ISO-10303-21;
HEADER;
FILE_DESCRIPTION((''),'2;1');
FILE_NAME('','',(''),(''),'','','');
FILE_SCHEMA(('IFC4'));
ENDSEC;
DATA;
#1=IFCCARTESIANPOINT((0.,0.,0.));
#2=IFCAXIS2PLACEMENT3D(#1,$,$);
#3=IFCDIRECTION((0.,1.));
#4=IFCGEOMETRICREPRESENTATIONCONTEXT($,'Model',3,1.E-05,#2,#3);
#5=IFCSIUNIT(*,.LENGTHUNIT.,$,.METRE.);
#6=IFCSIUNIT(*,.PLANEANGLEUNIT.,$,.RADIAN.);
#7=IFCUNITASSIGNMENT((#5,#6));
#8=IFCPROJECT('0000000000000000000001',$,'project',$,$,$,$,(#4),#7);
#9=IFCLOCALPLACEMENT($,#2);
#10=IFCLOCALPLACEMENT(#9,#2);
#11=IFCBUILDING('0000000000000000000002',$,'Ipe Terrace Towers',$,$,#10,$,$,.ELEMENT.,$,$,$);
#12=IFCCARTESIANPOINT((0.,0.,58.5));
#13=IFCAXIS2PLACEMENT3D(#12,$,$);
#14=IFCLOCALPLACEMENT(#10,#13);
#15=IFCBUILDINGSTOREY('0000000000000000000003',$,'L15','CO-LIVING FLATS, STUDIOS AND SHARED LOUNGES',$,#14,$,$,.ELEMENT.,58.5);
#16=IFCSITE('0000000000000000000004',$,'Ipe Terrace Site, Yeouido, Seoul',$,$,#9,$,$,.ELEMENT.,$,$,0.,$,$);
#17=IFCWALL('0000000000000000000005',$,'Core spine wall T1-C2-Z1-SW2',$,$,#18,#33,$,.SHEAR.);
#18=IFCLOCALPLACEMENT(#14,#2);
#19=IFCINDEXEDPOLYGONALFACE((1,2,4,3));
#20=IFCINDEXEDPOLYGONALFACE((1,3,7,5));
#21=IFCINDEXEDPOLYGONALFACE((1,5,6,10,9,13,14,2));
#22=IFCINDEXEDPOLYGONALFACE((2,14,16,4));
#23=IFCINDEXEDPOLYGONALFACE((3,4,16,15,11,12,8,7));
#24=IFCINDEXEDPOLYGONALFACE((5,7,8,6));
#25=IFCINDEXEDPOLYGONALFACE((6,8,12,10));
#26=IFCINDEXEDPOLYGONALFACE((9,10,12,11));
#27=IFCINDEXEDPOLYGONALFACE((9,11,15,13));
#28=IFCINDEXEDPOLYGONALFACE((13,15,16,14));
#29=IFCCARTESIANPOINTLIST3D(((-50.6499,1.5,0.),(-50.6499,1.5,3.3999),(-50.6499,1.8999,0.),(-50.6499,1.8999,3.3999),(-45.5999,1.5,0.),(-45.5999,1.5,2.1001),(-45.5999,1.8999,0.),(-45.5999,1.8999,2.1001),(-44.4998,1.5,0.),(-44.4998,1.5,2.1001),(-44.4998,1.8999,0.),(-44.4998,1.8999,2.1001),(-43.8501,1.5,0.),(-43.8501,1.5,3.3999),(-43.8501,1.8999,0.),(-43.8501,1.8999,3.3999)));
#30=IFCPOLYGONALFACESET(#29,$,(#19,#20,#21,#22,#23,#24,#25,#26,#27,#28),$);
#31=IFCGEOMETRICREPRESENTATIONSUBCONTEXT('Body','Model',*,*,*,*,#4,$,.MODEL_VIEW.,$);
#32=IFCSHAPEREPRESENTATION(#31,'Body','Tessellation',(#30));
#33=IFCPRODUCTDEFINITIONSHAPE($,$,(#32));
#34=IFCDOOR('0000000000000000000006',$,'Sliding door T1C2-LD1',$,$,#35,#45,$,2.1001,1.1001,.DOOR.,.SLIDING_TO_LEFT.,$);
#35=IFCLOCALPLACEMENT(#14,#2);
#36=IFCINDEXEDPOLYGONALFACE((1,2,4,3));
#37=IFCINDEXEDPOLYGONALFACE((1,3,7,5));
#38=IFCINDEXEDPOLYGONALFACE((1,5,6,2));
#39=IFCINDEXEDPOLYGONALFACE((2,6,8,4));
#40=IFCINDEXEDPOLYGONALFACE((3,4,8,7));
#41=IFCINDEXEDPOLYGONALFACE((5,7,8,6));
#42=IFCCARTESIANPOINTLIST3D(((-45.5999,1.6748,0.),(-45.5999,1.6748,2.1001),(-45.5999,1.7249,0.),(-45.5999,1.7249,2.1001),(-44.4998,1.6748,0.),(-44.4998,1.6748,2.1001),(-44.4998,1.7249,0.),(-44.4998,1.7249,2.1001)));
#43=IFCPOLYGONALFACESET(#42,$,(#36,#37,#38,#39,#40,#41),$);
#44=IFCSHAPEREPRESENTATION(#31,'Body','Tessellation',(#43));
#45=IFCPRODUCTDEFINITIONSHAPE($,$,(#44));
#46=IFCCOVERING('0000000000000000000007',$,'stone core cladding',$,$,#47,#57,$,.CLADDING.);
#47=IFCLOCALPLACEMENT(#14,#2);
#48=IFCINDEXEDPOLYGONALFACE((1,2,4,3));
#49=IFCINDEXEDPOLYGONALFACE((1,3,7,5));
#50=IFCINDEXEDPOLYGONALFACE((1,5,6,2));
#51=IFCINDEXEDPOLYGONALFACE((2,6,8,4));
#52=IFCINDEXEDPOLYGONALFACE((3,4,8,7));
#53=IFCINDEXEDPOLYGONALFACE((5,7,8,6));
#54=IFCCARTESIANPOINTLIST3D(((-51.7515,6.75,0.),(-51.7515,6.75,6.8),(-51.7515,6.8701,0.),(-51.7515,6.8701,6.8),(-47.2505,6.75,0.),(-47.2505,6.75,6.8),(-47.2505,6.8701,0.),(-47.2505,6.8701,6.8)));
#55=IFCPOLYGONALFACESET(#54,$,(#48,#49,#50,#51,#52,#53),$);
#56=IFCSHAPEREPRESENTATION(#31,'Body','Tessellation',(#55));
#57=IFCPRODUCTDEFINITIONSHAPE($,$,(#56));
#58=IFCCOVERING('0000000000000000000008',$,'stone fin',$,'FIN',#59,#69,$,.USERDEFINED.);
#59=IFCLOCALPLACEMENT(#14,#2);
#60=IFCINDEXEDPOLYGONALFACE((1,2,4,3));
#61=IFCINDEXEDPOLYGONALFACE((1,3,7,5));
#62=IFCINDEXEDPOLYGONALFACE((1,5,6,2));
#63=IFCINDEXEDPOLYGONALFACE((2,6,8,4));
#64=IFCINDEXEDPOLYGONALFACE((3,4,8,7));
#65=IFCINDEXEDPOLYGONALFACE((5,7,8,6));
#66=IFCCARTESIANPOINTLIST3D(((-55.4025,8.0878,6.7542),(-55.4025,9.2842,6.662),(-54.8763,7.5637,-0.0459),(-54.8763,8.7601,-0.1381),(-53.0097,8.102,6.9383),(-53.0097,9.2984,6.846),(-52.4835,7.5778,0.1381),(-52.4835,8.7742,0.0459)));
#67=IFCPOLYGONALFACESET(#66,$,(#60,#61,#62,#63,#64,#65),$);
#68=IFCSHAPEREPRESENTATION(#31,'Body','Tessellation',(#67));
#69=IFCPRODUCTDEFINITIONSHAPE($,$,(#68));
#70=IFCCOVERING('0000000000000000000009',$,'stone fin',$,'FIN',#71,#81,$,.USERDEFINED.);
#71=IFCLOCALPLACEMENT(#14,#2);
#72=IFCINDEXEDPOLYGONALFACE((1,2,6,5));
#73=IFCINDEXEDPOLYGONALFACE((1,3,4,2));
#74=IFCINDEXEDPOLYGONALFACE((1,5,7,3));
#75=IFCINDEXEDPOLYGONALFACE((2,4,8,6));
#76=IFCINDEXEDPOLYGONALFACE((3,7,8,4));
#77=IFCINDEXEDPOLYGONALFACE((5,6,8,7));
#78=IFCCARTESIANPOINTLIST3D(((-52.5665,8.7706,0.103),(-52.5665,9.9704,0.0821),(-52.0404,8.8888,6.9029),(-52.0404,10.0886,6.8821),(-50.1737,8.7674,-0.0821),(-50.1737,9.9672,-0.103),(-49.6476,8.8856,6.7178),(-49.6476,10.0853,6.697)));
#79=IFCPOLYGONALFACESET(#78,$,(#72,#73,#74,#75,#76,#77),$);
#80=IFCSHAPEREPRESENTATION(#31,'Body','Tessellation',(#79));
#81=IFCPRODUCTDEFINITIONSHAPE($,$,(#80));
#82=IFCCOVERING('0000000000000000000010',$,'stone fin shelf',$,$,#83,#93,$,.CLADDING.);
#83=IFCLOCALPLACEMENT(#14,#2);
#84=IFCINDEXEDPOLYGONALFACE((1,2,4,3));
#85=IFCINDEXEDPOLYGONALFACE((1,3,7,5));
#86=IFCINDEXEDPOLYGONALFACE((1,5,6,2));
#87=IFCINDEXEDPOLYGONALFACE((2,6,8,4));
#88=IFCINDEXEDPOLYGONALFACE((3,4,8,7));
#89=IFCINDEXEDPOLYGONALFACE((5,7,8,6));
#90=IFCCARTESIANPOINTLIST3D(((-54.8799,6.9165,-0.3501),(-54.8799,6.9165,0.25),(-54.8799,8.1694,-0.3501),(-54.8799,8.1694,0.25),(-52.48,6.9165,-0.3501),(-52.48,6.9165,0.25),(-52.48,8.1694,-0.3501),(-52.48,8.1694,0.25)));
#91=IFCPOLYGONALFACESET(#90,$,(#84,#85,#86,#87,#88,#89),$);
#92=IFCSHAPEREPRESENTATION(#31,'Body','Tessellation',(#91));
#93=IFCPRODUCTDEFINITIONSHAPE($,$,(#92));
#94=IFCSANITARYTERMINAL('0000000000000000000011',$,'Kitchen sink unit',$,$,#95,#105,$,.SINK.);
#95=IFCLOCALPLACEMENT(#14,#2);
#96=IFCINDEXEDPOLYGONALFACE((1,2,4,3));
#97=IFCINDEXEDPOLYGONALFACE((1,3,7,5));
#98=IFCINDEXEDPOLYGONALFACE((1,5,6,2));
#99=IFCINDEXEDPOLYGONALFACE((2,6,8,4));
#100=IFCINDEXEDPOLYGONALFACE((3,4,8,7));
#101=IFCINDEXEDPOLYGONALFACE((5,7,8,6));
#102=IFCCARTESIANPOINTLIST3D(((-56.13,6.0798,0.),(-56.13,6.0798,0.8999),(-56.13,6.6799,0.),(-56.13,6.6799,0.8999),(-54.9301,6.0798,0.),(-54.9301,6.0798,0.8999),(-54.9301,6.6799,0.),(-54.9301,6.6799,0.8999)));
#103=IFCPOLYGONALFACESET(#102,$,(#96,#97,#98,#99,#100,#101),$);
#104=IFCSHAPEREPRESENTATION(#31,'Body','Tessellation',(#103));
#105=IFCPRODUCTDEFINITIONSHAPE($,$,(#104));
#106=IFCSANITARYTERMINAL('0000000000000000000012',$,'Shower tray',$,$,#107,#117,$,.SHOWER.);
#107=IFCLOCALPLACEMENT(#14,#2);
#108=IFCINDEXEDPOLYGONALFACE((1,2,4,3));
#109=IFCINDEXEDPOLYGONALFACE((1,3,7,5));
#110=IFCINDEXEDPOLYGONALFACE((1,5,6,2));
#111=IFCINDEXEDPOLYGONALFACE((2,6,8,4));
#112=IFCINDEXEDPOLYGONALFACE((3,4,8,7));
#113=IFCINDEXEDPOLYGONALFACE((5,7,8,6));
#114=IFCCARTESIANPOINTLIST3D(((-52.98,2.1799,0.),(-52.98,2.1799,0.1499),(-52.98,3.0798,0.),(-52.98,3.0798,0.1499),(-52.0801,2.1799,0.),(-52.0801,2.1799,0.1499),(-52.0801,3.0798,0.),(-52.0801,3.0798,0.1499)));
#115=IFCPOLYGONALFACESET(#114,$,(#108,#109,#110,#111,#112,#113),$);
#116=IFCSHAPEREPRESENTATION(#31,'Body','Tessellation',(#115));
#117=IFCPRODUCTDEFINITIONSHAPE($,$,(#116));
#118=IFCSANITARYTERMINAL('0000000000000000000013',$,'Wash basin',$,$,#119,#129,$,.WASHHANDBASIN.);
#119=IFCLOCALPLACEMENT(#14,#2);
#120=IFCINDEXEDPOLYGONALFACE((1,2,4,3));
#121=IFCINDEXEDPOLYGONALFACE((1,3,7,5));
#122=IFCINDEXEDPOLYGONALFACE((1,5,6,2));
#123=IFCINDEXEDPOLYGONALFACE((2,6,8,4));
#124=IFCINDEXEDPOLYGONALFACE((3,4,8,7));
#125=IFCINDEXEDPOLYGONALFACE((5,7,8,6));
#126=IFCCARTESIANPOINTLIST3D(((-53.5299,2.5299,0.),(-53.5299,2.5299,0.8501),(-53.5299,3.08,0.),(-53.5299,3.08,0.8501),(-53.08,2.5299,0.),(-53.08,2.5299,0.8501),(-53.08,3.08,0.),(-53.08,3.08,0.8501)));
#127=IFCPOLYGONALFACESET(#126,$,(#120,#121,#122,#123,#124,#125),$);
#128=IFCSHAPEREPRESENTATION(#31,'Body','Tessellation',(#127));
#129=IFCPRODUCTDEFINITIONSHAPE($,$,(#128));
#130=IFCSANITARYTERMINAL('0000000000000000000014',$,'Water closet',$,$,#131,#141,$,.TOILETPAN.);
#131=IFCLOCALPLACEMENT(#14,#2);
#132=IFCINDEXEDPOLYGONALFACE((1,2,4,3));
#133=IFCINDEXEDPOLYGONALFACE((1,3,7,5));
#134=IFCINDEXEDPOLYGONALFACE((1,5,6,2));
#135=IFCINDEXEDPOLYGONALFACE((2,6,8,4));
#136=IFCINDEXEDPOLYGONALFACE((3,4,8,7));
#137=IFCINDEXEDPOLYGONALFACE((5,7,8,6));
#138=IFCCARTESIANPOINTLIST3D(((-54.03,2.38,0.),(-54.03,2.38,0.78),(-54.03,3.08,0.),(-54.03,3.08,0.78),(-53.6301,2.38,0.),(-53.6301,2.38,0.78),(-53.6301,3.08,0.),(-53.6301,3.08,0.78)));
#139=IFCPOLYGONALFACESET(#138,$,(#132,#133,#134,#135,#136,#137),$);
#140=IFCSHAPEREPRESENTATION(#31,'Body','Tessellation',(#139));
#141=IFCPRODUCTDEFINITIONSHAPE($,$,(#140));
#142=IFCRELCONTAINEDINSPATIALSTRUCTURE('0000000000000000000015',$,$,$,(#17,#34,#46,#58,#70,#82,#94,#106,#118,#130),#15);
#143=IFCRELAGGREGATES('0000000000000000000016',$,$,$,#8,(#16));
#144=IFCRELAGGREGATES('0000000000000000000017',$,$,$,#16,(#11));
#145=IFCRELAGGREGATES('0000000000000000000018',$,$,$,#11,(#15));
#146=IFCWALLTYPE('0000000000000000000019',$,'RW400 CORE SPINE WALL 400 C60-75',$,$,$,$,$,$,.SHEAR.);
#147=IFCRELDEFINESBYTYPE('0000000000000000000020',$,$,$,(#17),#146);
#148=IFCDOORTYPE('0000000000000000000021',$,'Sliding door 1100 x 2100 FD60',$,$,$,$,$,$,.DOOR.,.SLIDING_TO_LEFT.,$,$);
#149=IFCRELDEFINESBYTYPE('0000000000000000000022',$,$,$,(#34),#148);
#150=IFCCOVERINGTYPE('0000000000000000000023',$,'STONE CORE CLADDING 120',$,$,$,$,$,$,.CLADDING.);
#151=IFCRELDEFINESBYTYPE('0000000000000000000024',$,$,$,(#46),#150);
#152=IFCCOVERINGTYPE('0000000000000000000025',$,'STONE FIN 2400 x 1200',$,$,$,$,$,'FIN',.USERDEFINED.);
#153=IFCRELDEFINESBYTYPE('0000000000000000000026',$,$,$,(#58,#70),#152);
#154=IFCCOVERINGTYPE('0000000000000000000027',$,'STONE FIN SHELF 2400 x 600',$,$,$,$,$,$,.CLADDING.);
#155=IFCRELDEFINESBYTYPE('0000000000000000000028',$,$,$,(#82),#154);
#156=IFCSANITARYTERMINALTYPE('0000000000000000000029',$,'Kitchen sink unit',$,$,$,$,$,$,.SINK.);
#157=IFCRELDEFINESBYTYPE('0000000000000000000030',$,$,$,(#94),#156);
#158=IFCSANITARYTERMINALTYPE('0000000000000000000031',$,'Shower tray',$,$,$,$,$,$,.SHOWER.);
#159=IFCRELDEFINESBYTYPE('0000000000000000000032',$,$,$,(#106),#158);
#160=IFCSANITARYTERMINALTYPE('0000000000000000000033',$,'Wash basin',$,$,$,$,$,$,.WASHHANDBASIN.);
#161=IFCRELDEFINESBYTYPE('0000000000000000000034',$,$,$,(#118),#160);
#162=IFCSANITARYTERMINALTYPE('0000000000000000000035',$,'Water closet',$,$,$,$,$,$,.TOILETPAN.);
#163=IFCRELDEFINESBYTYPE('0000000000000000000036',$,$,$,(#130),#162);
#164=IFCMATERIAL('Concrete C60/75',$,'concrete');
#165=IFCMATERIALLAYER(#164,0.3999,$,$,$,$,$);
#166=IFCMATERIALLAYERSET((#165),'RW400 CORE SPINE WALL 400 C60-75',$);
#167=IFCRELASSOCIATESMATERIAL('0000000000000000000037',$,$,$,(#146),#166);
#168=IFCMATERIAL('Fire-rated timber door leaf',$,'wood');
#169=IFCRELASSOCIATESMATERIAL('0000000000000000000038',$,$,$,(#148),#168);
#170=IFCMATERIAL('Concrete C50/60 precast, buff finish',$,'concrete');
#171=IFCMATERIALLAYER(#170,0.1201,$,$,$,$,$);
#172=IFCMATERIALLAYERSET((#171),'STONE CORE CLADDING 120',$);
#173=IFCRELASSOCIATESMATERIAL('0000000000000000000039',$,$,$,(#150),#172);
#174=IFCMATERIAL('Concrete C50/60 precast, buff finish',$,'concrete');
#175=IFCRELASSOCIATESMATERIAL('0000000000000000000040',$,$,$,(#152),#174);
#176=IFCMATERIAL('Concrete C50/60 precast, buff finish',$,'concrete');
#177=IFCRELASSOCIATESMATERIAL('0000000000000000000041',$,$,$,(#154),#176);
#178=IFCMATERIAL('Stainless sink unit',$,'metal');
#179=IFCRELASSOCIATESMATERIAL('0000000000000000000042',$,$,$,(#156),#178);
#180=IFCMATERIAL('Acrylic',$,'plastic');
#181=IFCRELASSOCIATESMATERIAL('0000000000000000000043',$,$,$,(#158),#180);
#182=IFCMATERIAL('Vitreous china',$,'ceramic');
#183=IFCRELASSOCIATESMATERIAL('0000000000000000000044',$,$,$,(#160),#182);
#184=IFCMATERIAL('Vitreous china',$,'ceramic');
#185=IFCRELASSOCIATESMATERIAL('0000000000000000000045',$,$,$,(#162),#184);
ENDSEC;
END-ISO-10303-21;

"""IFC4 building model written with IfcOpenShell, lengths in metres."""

from ifc_helpers import new_model, si_unit, direction, frame, frame_2d, origin, origin_2d, place, context, subcontext, project, spatial, rectangle, extrude, material, layer, layer_set, material_profile, profile_set, type_object, element, fill, save


model = new_model("IFC4")

# Units and contexts
model_context = context("Model", 3, precision=1e-05, world=origin(), true_north=direction((0.0, 1.0)))
body_context = subcontext(model_context, "Body", "Model", "MODEL_VIEW")
ifc_project = project(units=[si_unit("LENGTHUNIT", "METRE"), si_unit("PLANEANGLEUNIT", "RADIAN")], contexts=[model_context])

# Site, building, storey
site_placement = place(None, origin())
site = spatial("IfcSite", under=ifc_project, at=site_placement, Name="Ipe Terrace Site, Yeouido, Seoul", CompositionType="ELEMENT", RefElevation=0.0)
building_placement = place(site_placement, origin())
building = spatial("IfcBuilding", under=site, at=building_placement, Name="Ipe Terrace Towers", CompositionType="ELEMENT")
storey_placement = place(building_placement, frame((0.0, 0.0, 58.5)))
storey = spatial("IfcBuildingStorey", under=building, at=storey_placement, Name="L15", Description="CO-LIVING FLATS, STUDIOS AND SHARED LOUNGES", CompositionType="ELEMENT", Elevation=58.5)

# Wall, opening, door
ifc_material_1 = material(Name="Concrete C60/75", Category="concrete")
ifc_layer_1 = layer(ifc_material_1, 0.3999)
ifc_layer_set_1 = layer_set([ifc_layer_1], Name="RW400 CORE SPINE WALL 400 C60-75")
wall_type_1 = type_object("IfcWallType", Name="RW400 CORE SPINE WALL 400 C60-75", PredefinedType="SHEAR", material=ifc_layer_set_1)
wall_1_placement = place(storey_placement, frame((-50.6499, 1.7, 0.0), z_axis=(0.0, 0.0, 1.0), x_axis=(1.0, 0.0, 0.0)))
wall_1 = element("IfcWall", 1, at=wall_1_placement, inside=storey, type_object=wall_type_1, Name="Core spine wall T1-C2-Z1-SW2", PredefinedType="SHEAR", context=body_context, shape_type="SweptSolid", body=[
    extrude(rectangle(XDim=6.7998, YDim=0.3999, at=frame_2d((3.3999, 0.0))), origin(), (0.0, 0.0, 1.0), 3.3999),
])
opening_1_placement = place(wall_1_placement, frame((5.05, 0.0, 0.0)))
opening_1 = element("IfcOpeningElement", 2, at=opening_1_placement, cuts=wall_1, PredefinedType="OPENING", context=body_context, shape_type="SweptSolid", body=[
    extrude(rectangle(XDim=1.1001, YDim=2.1001, at=frame_2d((0.55, 1.05))), frame((0.0, 0.21, 0.0), z_axis=(0.0, -1.0, 0.0), x_axis=(1.0, 0.0, 0.0)), (0.0, 0.0, 1.0), 0.4199),
])
ifc_material_2 = material(Name="Fire-rated timber door leaf", Category="wood")
door_type_1 = type_object("IfcDoorType", Name="Sliding door 1100 x 2100 FD60", OperationType="SLIDING_TO_LEFT", PredefinedType="DOOR", material=ifc_material_2)
door_1_placement = place(opening_1_placement, origin())
door_1 = element("IfcDoor", 3, at=door_1_placement, inside=storey, type_object=door_type_1, Name="Sliding door T1C2-LD1", OperationType="SLIDING_TO_LEFT", OverallHeight=2.1001, OverallWidth=1.1001, PredefinedType="DOOR", context=body_context, shape_type="SweptSolid", body=[
    extrude(rectangle(XDim=1.1001, YDim=2.1001, at=frame_2d((0.55, 1.05))), frame((0.0, 0.0249, 0.0), z_axis=(0.0, -1.0, 0.0), x_axis=(1.0, 0.0, 0.0)), (0.0, 0.0, 1.0), 0.05),
])
fill(opening_1, door_1)

# Coverings
ifc_material_3 = material(Name="Concrete C50/60 precast, buff finish", Category="concrete")
ifc_layer_2 = layer(ifc_material_3, 0.1201)
ifc_layer_set_2 = layer_set([ifc_layer_2], Name="STONE CORE CLADDING 120")
covering_type_1 = type_object("IfcCoveringType", Name="STONE CORE CLADDING 120", PredefinedType="CLADDING", material=ifc_layer_set_2)
covering_1_placement = place(storey_placement, frame((-49.501, 6.8101, 0.0), z_axis=(0.0, 0.0, 1.0), x_axis=(-1.0, 0.0, 0.0)))
element("IfcCovering", 4, at=covering_1_placement, inside=storey, type_object=covering_type_1, Name="stone core cladding", PredefinedType="CLADDING", context=body_context, shape_type="SweptSolid", body=[
    extrude(rectangle(XDim=4.501, YDim=0.1201, at=origin_2d()), origin(), (0.0, 0.0, 1.0), 6.8),
])
ifc_material_4 = material(Name="Concrete C50/60 precast, buff finish", Category="concrete")
ifc_material_profile_1 = material_profile(ifc_material_4, rectangle(XDim=2.3999, YDim=1.2, at=origin_2d()), Name="STONE FIN 2400 x 1200")
ifc_profile_set_1 = profile_set([ifc_material_profile_1], Name="Concrete C50/60 precast, buff finish")
covering_type_2 = type_object("IfcCoveringType", Name="STONE FIN 2400 x 1200", ElementType="FIN", PredefinedType="USERDEFINED", material=ifc_profile_set_1)
covering_2_placement = place(storey_placement, frame((-53.6799, 8.1689, 0.0), z_axis=(-0.076913, 0.076628, 0.994089), x_axis=(-0.997038, -0.005911, -0.076686)))
element("IfcCovering", 5, at=covering_2_placement, inside=storey, type_object=covering_type_2, Name="stone fin", ObjectType="FIN", PredefinedType="USERDEFINED", context=body_context, shape_type="SweptSolid", body=[
    extrude(rectangle(XDim=2.3999, YDim=1.2, at=origin_2d()), origin(), (0.0, 0.0, 1.0), 6.8406),
])
covering_3_placement = place(storey_placement, frame((-51.3701, 9.3689, 0.0), z_axis=(0.077128, 0.017323, 0.996871), x_axis=(-0.997021, 0.00134, 0.077117)))
element("IfcCovering", 6, at=covering_3_placement, inside=storey, type_object=covering_type_2, Name="stone fin", ObjectType="FIN", PredefinedType="USERDEFINED", context=body_context, shape_type="SweptSolid", body=[
    extrude(rectangle(XDim=2.3999, YDim=1.2, at=origin_2d()), origin(), (0.0, 0.0, 1.0), 6.8213),
])
ifc_material_5 = material(Name="Concrete C50/60 precast, buff finish", Category="concrete")
covering_type_3 = type_object("IfcCoveringType", Name="STONE FIN SHELF 2400 x 600", PredefinedType="CLADDING", material=ifc_material_5)
covering_4_placement = place(storey_placement, frame((-53.6799, 7.543, -0.3501), z_axis=(0.0, 0.0, 1.0), x_axis=(-1.0, 0.0, 0.0)))
element("IfcCovering", 7, at=covering_4_placement, inside=storey, type_object=covering_type_3, Name="stone fin shelf", PredefinedType="CLADDING", context=body_context, shape_type="SweptSolid", body=[
    extrude(rectangle(XDim=2.3999, YDim=1.2529, at=origin_2d()), origin(), (0.0, 0.0, 1.0), 0.6001),
])

# Sanitary terminals
ifc_material_6 = material(Name="Stainless sink unit", Category="metal")
sanitary_terminal_type_1 = type_object("IfcSanitaryTerminalType", Name="Kitchen sink unit", PredefinedType="SINK", material=ifc_material_6)
sanitary_terminal_1_placement = place(storey_placement, frame((-55.53, 6.3799, 0.0), z_axis=(0.0, 0.0, 1.0), x_axis=(1.0, 0.0, 0.0)))
element("IfcSanitaryTerminal", 8, at=sanitary_terminal_1_placement, inside=storey, type_object=sanitary_terminal_type_1, Name="Kitchen sink unit", PredefinedType="SINK", context=body_context, shape_type="SweptSolid", body=[
    extrude(rectangle(XDim=1.2, YDim=0.6001, at=origin_2d()), origin(), (0.0, 0.0, 1.0), 0.8999),
])
ifc_material_7 = material(Name="Acrylic", Category="plastic")
sanitary_terminal_type_2 = type_object("IfcSanitaryTerminalType", Name="Shower tray", PredefinedType="SHOWER", material=ifc_material_7)
sanitary_terminal_2_placement = place(storey_placement, frame((-52.53, 2.6299, 0.0), z_axis=(0.0, 0.0, 1.0), x_axis=(0.0, -1.0, 0.0)))
element("IfcSanitaryTerminal", 9, at=sanitary_terminal_2_placement, inside=storey, type_object=sanitary_terminal_type_2, Name="Shower tray", PredefinedType="SHOWER", context=body_context, shape_type="SweptSolid", body=[
    extrude(rectangle(XDim=0.8999, YDim=0.8999, at=origin_2d()), origin(), (0.0, 0.0, 1.0), 0.1499),
])
ifc_material_8 = material(Name="Vitreous china", Category="ceramic")
sanitary_terminal_type_3 = type_object("IfcSanitaryTerminalType", Name="Wash basin", PredefinedType="WASHHANDBASIN", material=ifc_material_8)
sanitary_terminal_3_placement = place(storey_placement, frame((-53.3049, 2.8049, 0.0), z_axis=(0.0, 0.0, 1.0), x_axis=(0.0, -1.0, 0.0)))
element("IfcSanitaryTerminal", 10, at=sanitary_terminal_3_placement, inside=storey, type_object=sanitary_terminal_type_3, Name="Wash basin", PredefinedType="WASHHANDBASIN", context=body_context, shape_type="SweptSolid", body=[
    extrude(rectangle(XDim=0.55, YDim=0.45, at=origin_2d()), origin(), (0.0, 0.0, 1.0), 0.8501),
])
ifc_material_9 = material(Name="Vitreous china", Category="ceramic")
sanitary_terminal_type_4 = type_object("IfcSanitaryTerminalType", Name="Water closet", PredefinedType="TOILETPAN", material=ifc_material_9)
sanitary_terminal_4_placement = place(storey_placement, frame((-53.8301, 2.73, 0.0), z_axis=(0.0, 0.0, 1.0), x_axis=(0.0, -1.0, 0.0)))
element("IfcSanitaryTerminal", 11, at=sanitary_terminal_4_placement, inside=storey, type_object=sanitary_terminal_type_4, Name="Water closet", PredefinedType="TOILETPAN", context=body_context, shape_type="SweptSolid", body=[
    extrude(rectangle(XDim=0.7, YDim=0.3999, at=origin_2d()), origin(), (0.0, 0.0, 1.0), 0.78),
])

save(model, "model.ifc")
